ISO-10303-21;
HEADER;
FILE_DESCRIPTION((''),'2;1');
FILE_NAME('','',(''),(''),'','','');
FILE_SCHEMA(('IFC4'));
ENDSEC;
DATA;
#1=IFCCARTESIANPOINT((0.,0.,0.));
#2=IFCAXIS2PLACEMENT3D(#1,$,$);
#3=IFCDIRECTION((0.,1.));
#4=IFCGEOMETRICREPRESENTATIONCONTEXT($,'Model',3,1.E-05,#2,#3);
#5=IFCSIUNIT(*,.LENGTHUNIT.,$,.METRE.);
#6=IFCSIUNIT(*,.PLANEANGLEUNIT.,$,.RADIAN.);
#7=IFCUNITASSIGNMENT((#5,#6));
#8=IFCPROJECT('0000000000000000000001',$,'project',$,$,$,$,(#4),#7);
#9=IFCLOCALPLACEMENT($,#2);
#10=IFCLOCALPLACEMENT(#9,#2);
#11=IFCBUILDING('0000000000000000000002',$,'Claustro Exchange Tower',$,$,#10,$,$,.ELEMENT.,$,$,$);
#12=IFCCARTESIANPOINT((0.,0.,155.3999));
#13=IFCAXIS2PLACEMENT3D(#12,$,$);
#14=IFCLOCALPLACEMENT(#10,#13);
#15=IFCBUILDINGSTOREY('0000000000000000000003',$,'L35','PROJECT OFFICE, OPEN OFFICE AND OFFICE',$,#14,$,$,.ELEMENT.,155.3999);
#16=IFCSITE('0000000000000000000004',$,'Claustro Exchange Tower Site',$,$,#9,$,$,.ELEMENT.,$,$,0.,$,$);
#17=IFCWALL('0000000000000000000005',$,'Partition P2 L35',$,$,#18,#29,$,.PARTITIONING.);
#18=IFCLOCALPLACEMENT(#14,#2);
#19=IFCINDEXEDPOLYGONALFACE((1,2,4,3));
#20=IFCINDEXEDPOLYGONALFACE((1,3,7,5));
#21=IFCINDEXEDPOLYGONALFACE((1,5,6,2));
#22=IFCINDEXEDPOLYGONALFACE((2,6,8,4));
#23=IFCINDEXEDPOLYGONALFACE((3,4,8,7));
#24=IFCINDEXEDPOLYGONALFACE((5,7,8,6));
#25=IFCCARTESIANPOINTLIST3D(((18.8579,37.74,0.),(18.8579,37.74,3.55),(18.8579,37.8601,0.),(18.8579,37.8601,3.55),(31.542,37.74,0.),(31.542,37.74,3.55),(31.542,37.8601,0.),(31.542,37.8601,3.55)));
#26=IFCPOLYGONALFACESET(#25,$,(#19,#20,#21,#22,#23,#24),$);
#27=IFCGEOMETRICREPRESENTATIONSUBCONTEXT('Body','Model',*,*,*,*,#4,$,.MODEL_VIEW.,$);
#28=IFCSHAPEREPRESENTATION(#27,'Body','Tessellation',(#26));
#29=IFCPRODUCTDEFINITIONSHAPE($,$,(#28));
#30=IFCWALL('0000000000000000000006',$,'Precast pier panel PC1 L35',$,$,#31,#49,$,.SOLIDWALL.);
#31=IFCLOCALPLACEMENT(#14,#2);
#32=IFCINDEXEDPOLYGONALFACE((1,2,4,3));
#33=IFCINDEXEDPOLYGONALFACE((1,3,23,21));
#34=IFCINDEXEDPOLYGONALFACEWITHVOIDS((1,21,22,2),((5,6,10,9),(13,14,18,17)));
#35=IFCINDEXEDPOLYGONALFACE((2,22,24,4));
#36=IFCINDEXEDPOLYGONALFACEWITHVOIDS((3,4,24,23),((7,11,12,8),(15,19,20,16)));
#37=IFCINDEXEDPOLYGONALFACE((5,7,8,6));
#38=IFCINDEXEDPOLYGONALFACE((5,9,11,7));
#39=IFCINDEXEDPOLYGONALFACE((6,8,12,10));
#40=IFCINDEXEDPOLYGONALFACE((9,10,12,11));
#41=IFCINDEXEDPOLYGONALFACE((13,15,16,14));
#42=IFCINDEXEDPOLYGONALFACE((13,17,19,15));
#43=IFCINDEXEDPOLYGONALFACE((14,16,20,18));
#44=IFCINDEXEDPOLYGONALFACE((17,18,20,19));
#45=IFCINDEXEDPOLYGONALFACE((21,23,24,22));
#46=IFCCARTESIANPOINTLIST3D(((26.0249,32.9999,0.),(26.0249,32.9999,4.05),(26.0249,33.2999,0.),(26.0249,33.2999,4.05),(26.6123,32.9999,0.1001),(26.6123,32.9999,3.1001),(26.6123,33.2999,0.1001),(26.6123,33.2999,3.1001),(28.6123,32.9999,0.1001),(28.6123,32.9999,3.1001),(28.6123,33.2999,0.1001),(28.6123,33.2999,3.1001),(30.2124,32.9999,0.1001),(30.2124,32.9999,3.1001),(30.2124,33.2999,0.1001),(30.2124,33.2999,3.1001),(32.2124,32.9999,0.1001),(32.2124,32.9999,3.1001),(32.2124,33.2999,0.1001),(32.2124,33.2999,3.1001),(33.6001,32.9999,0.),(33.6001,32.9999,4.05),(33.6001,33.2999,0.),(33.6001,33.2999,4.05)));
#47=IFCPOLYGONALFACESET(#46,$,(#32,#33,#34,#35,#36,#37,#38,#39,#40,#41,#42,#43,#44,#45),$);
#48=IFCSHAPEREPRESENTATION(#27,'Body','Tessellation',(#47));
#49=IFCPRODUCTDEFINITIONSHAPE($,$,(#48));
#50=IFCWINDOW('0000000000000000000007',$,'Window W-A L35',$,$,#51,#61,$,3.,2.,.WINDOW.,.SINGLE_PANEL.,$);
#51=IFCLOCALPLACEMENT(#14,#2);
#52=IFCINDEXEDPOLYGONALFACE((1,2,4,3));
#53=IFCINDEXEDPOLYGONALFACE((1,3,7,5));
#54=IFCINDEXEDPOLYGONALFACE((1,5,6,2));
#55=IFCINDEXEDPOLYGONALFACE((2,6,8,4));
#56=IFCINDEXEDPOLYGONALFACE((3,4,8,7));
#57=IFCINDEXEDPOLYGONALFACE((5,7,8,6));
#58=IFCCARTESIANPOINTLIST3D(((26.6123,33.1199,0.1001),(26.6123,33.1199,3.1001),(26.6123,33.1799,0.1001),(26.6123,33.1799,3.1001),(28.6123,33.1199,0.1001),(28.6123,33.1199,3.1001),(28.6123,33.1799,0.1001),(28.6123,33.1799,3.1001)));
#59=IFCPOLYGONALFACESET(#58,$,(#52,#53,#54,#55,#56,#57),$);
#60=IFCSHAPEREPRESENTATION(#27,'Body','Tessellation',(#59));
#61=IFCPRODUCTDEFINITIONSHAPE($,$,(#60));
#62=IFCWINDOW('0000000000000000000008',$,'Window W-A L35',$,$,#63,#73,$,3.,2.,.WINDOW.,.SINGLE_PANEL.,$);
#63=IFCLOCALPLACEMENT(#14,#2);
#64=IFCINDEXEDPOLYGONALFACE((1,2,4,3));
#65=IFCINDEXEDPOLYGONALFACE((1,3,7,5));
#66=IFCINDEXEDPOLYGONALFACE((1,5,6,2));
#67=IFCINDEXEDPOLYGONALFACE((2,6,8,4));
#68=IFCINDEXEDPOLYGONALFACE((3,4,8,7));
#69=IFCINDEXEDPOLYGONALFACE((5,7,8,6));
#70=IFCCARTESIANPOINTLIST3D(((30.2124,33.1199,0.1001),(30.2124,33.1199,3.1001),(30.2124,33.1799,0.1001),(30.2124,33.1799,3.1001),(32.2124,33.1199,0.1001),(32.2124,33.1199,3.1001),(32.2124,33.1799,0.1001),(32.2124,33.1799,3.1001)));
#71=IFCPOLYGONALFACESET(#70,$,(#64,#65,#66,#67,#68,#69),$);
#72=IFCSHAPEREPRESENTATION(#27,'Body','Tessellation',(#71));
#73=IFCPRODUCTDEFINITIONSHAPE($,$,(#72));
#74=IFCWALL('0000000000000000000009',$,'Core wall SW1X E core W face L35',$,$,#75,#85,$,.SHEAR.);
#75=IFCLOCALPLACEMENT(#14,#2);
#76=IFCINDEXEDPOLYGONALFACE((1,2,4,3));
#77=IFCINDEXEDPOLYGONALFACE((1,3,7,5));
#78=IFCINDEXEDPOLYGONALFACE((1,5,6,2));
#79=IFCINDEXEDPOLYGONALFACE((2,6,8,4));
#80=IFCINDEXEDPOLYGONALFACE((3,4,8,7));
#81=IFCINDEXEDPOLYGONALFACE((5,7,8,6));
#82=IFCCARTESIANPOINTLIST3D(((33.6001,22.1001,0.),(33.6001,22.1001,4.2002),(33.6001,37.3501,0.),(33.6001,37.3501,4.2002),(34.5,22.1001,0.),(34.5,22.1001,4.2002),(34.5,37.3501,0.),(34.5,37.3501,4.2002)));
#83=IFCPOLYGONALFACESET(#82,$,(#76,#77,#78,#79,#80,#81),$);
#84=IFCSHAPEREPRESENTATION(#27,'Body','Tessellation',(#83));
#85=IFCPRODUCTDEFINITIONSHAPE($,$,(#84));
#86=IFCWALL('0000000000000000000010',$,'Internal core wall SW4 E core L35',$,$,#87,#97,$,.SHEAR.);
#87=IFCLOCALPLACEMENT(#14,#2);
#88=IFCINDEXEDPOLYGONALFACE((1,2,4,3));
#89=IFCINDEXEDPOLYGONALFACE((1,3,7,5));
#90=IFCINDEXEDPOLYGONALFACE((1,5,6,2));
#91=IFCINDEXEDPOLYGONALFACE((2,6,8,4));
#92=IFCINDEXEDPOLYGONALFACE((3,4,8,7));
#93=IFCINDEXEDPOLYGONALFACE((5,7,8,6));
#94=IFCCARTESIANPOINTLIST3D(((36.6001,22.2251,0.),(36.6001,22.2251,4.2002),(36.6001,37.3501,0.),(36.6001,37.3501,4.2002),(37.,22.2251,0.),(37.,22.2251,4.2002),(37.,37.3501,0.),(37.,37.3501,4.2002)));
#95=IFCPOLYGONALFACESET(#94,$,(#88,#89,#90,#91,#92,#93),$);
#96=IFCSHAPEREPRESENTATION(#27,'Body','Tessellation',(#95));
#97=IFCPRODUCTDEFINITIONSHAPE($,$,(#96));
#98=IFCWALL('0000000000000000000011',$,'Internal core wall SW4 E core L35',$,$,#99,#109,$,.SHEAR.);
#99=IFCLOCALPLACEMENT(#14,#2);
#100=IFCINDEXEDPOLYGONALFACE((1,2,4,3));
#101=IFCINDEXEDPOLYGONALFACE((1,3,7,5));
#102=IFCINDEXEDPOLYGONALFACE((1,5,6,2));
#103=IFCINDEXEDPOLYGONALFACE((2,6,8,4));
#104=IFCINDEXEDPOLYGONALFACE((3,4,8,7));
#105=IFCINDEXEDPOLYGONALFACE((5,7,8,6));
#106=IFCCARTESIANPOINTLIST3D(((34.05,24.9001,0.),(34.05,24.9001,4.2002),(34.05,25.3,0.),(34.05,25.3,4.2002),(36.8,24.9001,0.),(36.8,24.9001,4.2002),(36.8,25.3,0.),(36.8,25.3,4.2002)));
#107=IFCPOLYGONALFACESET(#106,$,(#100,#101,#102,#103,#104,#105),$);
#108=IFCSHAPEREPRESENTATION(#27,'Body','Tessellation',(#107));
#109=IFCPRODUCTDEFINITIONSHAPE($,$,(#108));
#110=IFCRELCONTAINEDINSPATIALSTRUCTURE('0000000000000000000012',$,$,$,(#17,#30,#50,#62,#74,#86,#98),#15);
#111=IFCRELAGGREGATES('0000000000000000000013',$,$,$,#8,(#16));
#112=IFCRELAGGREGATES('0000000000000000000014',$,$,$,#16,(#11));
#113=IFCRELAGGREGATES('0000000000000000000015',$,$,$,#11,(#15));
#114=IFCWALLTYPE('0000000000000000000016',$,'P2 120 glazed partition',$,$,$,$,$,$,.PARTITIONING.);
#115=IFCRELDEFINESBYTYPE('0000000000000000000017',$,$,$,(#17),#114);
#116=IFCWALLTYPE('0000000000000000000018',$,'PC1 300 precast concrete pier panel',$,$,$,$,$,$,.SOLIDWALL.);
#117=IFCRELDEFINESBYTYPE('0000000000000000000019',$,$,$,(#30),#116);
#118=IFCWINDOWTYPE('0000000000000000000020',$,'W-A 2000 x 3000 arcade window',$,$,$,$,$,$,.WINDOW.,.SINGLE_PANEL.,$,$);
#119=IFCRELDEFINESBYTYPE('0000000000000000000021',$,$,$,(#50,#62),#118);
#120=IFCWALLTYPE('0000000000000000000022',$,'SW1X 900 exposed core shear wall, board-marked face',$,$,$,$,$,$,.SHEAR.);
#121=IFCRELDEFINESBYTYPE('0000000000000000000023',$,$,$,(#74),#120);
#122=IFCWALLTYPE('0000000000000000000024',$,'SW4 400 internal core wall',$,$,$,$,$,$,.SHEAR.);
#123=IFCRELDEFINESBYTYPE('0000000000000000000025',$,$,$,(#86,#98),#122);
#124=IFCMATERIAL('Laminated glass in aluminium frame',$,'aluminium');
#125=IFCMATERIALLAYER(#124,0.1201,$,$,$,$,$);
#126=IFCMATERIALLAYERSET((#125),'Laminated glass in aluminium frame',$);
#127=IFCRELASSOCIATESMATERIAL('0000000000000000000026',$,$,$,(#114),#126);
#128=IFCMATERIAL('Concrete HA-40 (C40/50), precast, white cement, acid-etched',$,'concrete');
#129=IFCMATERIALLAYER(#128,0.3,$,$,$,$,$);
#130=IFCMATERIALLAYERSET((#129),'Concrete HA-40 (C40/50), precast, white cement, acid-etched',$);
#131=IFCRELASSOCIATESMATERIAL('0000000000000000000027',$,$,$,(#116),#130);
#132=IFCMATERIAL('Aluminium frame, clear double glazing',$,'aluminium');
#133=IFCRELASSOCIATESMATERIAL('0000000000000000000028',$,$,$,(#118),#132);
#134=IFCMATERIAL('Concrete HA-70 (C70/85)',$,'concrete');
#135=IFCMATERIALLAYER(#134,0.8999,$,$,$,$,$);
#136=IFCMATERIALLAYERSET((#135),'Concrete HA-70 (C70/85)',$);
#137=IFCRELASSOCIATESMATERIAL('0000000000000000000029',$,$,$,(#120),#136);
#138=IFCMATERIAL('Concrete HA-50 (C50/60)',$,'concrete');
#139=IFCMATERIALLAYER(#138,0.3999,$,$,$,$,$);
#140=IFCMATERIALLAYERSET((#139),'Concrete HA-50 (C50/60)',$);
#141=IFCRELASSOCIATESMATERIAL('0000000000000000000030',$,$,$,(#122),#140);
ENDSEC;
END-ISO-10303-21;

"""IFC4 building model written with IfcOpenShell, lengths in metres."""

from ifc_helpers import new_model, si_unit, direction, frame, frame_2d, origin, place, context, subcontext, project, spatial, rectangle, extrude, material, layer, layer_set, type_object, element, fill, save


model = new_model("IFC4")

# Units and contexts
model_context = context("Model", 3, precision=1e-05, world=origin(), true_north=direction((0.0, 1.0)))
body_context = subcontext(model_context, "Body", "Model", "MODEL_VIEW")
ifc_project = project(units=[si_unit("LENGTHUNIT", "METRE"), si_unit("PLANEANGLEUNIT", "RADIAN")], contexts=[model_context])

# Site, building, storey
site_placement = place(None, origin())
site = spatial("IfcSite", under=ifc_project, at=site_placement, Name="Claustro Exchange Tower Site", CompositionType="ELEMENT", RefElevation=0.0)
building_placement = place(site_placement, origin())
building = spatial("IfcBuilding", under=site, at=building_placement, Name="Claustro Exchange Tower", CompositionType="ELEMENT")
storey_placement = place(building_placement, frame((0.0, 0.0, 155.3999)))
storey = spatial("IfcBuildingStorey", under=building, at=storey_placement, Name="L35", Description="PROJECT OFFICE, OPEN OFFICE AND OFFICE", CompositionType="ELEMENT", Elevation=155.3999)

# Shared definitions
ifc_material_1 = material(Name="Laminated glass in aluminium frame", Category="aluminium")
ifc_layer_1 = layer(ifc_material_1, 0.1201)
ifc_layer_set_1 = layer_set([ifc_layer_1], Name="Laminated glass in aluminium frame")
wall_type_1 = type_object("IfcWallType", Name="P2 120 glazed partition", PredefinedType="PARTITIONING", material=ifc_layer_set_1)

# Wall
wall_1_placement = place(storey_placement, frame((18.8579, 37.8, 0.0), z_axis=(0.0, 0.0, 1.0), x_axis=(1.0, 0.0, 0.0)))
element("IfcWall", 1, at=wall_1_placement, inside=storey, type_object=wall_type_1, Name="Partition P2 L35", PredefinedType="PARTITIONING", context=body_context, shape_type="SweptSolid", body=[
    extrude(rectangle(XDim=12.6841, YDim=0.1201, at=frame_2d((6.342, 0.0))), origin(), (0.0, 0.0, 1.0), 3.55),
])

# Wall, openings, windows
ifc_material_2 = material(Name="Concrete HA-40 (C40/50), precast, white cement, acid-etched", Category="concrete")
ifc_layer_2 = layer(ifc_material_2, 0.3)
ifc_layer_set_2 = layer_set([ifc_layer_2], Name="Concrete HA-40 (C40/50), precast, white cement, acid-etched")
wall_type_2 = type_object("IfcWallType", Name="PC1 300 precast concrete pier panel", PredefinedType="SOLIDWALL", material=ifc_layer_set_2)
wall_2_placement = place(storey_placement, frame((26.0249, 33.1499, 0.0), z_axis=(0.0, 0.0, 1.0), x_axis=(1.0, 0.0, 0.0)))
wall_2 = element("IfcWall", 2, at=wall_2_placement, inside=storey, type_object=wall_type_2, Name="Precast pier panel PC1 L35", PredefinedType="SOLIDWALL", context=body_context, shape_type="SweptSolid", body=[
    extrude(rectangle(XDim=7.5752, YDim=0.3, at=frame_2d((3.7876, 0.0))), origin(), (0.0, 0.0, 1.0), 4.05),
])
opening_1_placement = place(wall_2_placement, frame((0.5874, 0.0, 0.1001)))
opening_1 = element("IfcOpeningElement", 3, at=opening_1_placement, cuts=wall_2, PredefinedType="OPENING", context=body_context, shape_type="SweptSolid", body=[
    extrude(rectangle(XDim=2.0, YDim=3.0, at=frame_2d((1.0, 1.5))), frame((0.0, 0.1599, 0.0), z_axis=(0.0, -1.0, 0.0), x_axis=(1.0, 0.0, 0.0)), (0.0, 0.0, 1.0), 0.3201),
])
opening_2_placement = place(wall_2_placement, frame((4.1875, 0.0, 0.1001)))
opening_2 = element("IfcOpeningElement", 4, at=opening_2_placement, cuts=wall_2, PredefinedType="OPENING", context=body_context, shape_type="SweptSolid", body=[
    extrude(rectangle(XDim=2.0, YDim=3.0, at=frame_2d((1.0, 1.5))), frame((0.0, 0.1599, 0.0), z_axis=(0.0, -1.0, 0.0), x_axis=(1.0, 0.0, 0.0)), (0.0, 0.0, 1.0), 0.3201),
])
ifc_material_3 = material(Name="Aluminium frame, clear double glazing", Category="aluminium")
window_type = type_object("IfcWindowType", Name="W-A 2000 x 3000 arcade window", PartitioningType="SINGLE_PANEL", PredefinedType="WINDOW", material=ifc_material_3)
window_1_placement = place(opening_1_placement, origin())
window_1 = element("IfcWindow", 5, at=window_1_placement, inside=storey, type_object=window_type, Name="Window W-A L35", OverallHeight=3.0, OverallWidth=2.0, PartitioningType="SINGLE_PANEL", PredefinedType="WINDOW", context=body_context, shape_type="SweptSolid", body=[
    extrude(rectangle(XDim=2.0, YDim=3.0, at=frame_2d((1.0, 1.5))), frame((0.0, 0.03, 0.0), z_axis=(0.0, -1.0, 0.0), x_axis=(1.0, 0.0, 0.0)), (0.0, 0.0, 1.0), 0.0601),
])
fill(opening_1, window_1)
window_2_placement = place(opening_2_placement, origin())
window_2 = element("IfcWindow", 6, at=window_2_placement, inside=storey, type_object=window_type, Name="Window W-A L35", OverallHeight=3.0, OverallWidth=2.0, PartitioningType="SINGLE_PANEL", PredefinedType="WINDOW", context=body_context, shape_type="SweptSolid", body=[
    extrude(rectangle(XDim=2.0, YDim=3.0, at=frame_2d((1.0, 1.5))), frame((0.0, 0.03, 0.0), z_axis=(0.0, -1.0, 0.0), x_axis=(1.0, 0.0, 0.0)), (0.0, 0.0, 1.0), 0.0601),
])
fill(opening_2, window_2)

# Walls
ifc_material_4 = material(Name="Concrete HA-70 (C70/85)", Category="concrete")
ifc_layer_3 = layer(ifc_material_4, 0.8999)
ifc_layer_set_3 = layer_set([ifc_layer_3], Name="Concrete HA-70 (C70/85)")
wall_type_3 = type_object("IfcWallType", Name="SW1X 900 exposed core shear wall, board-marked face", PredefinedType="SHEAR", material=ifc_layer_set_3)
wall_3_placement = place(storey_placement, frame((34.05, 22.1001, 0.0), z_axis=(0.0, 0.0, 1.0), x_axis=(0.0, 1.0, 0.0)))
element("IfcWall", 7, at=wall_3_placement, inside=storey, type_object=wall_type_3, Name="Core wall SW1X E core W face L35", PredefinedType="SHEAR", context=body_context, shape_type="SweptSolid", body=[
    extrude(rectangle(XDim=15.25, YDim=0.8999, at=frame_2d((7.625, 0.0))), origin(), (0.0, 0.0, 1.0), 4.2002),
])
ifc_material_5 = material(Name="Concrete HA-50 (C50/60)", Category="concrete")
ifc_layer_4 = layer(ifc_material_5, 0.3999)
ifc_layer_set_4 = layer_set([ifc_layer_4], Name="Concrete HA-50 (C50/60)")
wall_type_4 = type_object("IfcWallType", Name="SW4 400 internal core wall", PredefinedType="SHEAR", material=ifc_layer_set_4)
wall_4_placement = place(storey_placement, frame((36.8, 22.2251, 0.0), z_axis=(0.0, 0.0, 1.0), x_axis=(0.0, 1.0, 0.0)))
element("IfcWall", 8, at=wall_4_placement, inside=storey, type_object=wall_type_4, Name="Internal core wall SW4 E core L35", PredefinedType="SHEAR", context=body_context, shape_type="SweptSolid", body=[
    extrude(rectangle(XDim=15.125, YDim=0.3999, at=frame_2d((7.5625, 0.0))), origin(), (0.0, 0.0, 1.0), 4.2002),
])
wall_5_placement = place(storey_placement, frame((36.8, 25.1001, 0.0), z_axis=(0.0, 0.0, 1.0), x_axis=(-1.0, 0.0, 0.0)))
element("IfcWall", 9, at=wall_5_placement, inside=storey, type_object=wall_type_4, Name="Internal core wall SW4 E core L35", PredefinedType="SHEAR", context=body_context, shape_type="SweptSolid", body=[
    extrude(rectangle(XDim=2.75, YDim=0.3999, at=frame_2d((1.375, 0.0))), origin(), (0.0, 0.0, 1.0), 4.2002),
])

save(model, "model.ifc")
